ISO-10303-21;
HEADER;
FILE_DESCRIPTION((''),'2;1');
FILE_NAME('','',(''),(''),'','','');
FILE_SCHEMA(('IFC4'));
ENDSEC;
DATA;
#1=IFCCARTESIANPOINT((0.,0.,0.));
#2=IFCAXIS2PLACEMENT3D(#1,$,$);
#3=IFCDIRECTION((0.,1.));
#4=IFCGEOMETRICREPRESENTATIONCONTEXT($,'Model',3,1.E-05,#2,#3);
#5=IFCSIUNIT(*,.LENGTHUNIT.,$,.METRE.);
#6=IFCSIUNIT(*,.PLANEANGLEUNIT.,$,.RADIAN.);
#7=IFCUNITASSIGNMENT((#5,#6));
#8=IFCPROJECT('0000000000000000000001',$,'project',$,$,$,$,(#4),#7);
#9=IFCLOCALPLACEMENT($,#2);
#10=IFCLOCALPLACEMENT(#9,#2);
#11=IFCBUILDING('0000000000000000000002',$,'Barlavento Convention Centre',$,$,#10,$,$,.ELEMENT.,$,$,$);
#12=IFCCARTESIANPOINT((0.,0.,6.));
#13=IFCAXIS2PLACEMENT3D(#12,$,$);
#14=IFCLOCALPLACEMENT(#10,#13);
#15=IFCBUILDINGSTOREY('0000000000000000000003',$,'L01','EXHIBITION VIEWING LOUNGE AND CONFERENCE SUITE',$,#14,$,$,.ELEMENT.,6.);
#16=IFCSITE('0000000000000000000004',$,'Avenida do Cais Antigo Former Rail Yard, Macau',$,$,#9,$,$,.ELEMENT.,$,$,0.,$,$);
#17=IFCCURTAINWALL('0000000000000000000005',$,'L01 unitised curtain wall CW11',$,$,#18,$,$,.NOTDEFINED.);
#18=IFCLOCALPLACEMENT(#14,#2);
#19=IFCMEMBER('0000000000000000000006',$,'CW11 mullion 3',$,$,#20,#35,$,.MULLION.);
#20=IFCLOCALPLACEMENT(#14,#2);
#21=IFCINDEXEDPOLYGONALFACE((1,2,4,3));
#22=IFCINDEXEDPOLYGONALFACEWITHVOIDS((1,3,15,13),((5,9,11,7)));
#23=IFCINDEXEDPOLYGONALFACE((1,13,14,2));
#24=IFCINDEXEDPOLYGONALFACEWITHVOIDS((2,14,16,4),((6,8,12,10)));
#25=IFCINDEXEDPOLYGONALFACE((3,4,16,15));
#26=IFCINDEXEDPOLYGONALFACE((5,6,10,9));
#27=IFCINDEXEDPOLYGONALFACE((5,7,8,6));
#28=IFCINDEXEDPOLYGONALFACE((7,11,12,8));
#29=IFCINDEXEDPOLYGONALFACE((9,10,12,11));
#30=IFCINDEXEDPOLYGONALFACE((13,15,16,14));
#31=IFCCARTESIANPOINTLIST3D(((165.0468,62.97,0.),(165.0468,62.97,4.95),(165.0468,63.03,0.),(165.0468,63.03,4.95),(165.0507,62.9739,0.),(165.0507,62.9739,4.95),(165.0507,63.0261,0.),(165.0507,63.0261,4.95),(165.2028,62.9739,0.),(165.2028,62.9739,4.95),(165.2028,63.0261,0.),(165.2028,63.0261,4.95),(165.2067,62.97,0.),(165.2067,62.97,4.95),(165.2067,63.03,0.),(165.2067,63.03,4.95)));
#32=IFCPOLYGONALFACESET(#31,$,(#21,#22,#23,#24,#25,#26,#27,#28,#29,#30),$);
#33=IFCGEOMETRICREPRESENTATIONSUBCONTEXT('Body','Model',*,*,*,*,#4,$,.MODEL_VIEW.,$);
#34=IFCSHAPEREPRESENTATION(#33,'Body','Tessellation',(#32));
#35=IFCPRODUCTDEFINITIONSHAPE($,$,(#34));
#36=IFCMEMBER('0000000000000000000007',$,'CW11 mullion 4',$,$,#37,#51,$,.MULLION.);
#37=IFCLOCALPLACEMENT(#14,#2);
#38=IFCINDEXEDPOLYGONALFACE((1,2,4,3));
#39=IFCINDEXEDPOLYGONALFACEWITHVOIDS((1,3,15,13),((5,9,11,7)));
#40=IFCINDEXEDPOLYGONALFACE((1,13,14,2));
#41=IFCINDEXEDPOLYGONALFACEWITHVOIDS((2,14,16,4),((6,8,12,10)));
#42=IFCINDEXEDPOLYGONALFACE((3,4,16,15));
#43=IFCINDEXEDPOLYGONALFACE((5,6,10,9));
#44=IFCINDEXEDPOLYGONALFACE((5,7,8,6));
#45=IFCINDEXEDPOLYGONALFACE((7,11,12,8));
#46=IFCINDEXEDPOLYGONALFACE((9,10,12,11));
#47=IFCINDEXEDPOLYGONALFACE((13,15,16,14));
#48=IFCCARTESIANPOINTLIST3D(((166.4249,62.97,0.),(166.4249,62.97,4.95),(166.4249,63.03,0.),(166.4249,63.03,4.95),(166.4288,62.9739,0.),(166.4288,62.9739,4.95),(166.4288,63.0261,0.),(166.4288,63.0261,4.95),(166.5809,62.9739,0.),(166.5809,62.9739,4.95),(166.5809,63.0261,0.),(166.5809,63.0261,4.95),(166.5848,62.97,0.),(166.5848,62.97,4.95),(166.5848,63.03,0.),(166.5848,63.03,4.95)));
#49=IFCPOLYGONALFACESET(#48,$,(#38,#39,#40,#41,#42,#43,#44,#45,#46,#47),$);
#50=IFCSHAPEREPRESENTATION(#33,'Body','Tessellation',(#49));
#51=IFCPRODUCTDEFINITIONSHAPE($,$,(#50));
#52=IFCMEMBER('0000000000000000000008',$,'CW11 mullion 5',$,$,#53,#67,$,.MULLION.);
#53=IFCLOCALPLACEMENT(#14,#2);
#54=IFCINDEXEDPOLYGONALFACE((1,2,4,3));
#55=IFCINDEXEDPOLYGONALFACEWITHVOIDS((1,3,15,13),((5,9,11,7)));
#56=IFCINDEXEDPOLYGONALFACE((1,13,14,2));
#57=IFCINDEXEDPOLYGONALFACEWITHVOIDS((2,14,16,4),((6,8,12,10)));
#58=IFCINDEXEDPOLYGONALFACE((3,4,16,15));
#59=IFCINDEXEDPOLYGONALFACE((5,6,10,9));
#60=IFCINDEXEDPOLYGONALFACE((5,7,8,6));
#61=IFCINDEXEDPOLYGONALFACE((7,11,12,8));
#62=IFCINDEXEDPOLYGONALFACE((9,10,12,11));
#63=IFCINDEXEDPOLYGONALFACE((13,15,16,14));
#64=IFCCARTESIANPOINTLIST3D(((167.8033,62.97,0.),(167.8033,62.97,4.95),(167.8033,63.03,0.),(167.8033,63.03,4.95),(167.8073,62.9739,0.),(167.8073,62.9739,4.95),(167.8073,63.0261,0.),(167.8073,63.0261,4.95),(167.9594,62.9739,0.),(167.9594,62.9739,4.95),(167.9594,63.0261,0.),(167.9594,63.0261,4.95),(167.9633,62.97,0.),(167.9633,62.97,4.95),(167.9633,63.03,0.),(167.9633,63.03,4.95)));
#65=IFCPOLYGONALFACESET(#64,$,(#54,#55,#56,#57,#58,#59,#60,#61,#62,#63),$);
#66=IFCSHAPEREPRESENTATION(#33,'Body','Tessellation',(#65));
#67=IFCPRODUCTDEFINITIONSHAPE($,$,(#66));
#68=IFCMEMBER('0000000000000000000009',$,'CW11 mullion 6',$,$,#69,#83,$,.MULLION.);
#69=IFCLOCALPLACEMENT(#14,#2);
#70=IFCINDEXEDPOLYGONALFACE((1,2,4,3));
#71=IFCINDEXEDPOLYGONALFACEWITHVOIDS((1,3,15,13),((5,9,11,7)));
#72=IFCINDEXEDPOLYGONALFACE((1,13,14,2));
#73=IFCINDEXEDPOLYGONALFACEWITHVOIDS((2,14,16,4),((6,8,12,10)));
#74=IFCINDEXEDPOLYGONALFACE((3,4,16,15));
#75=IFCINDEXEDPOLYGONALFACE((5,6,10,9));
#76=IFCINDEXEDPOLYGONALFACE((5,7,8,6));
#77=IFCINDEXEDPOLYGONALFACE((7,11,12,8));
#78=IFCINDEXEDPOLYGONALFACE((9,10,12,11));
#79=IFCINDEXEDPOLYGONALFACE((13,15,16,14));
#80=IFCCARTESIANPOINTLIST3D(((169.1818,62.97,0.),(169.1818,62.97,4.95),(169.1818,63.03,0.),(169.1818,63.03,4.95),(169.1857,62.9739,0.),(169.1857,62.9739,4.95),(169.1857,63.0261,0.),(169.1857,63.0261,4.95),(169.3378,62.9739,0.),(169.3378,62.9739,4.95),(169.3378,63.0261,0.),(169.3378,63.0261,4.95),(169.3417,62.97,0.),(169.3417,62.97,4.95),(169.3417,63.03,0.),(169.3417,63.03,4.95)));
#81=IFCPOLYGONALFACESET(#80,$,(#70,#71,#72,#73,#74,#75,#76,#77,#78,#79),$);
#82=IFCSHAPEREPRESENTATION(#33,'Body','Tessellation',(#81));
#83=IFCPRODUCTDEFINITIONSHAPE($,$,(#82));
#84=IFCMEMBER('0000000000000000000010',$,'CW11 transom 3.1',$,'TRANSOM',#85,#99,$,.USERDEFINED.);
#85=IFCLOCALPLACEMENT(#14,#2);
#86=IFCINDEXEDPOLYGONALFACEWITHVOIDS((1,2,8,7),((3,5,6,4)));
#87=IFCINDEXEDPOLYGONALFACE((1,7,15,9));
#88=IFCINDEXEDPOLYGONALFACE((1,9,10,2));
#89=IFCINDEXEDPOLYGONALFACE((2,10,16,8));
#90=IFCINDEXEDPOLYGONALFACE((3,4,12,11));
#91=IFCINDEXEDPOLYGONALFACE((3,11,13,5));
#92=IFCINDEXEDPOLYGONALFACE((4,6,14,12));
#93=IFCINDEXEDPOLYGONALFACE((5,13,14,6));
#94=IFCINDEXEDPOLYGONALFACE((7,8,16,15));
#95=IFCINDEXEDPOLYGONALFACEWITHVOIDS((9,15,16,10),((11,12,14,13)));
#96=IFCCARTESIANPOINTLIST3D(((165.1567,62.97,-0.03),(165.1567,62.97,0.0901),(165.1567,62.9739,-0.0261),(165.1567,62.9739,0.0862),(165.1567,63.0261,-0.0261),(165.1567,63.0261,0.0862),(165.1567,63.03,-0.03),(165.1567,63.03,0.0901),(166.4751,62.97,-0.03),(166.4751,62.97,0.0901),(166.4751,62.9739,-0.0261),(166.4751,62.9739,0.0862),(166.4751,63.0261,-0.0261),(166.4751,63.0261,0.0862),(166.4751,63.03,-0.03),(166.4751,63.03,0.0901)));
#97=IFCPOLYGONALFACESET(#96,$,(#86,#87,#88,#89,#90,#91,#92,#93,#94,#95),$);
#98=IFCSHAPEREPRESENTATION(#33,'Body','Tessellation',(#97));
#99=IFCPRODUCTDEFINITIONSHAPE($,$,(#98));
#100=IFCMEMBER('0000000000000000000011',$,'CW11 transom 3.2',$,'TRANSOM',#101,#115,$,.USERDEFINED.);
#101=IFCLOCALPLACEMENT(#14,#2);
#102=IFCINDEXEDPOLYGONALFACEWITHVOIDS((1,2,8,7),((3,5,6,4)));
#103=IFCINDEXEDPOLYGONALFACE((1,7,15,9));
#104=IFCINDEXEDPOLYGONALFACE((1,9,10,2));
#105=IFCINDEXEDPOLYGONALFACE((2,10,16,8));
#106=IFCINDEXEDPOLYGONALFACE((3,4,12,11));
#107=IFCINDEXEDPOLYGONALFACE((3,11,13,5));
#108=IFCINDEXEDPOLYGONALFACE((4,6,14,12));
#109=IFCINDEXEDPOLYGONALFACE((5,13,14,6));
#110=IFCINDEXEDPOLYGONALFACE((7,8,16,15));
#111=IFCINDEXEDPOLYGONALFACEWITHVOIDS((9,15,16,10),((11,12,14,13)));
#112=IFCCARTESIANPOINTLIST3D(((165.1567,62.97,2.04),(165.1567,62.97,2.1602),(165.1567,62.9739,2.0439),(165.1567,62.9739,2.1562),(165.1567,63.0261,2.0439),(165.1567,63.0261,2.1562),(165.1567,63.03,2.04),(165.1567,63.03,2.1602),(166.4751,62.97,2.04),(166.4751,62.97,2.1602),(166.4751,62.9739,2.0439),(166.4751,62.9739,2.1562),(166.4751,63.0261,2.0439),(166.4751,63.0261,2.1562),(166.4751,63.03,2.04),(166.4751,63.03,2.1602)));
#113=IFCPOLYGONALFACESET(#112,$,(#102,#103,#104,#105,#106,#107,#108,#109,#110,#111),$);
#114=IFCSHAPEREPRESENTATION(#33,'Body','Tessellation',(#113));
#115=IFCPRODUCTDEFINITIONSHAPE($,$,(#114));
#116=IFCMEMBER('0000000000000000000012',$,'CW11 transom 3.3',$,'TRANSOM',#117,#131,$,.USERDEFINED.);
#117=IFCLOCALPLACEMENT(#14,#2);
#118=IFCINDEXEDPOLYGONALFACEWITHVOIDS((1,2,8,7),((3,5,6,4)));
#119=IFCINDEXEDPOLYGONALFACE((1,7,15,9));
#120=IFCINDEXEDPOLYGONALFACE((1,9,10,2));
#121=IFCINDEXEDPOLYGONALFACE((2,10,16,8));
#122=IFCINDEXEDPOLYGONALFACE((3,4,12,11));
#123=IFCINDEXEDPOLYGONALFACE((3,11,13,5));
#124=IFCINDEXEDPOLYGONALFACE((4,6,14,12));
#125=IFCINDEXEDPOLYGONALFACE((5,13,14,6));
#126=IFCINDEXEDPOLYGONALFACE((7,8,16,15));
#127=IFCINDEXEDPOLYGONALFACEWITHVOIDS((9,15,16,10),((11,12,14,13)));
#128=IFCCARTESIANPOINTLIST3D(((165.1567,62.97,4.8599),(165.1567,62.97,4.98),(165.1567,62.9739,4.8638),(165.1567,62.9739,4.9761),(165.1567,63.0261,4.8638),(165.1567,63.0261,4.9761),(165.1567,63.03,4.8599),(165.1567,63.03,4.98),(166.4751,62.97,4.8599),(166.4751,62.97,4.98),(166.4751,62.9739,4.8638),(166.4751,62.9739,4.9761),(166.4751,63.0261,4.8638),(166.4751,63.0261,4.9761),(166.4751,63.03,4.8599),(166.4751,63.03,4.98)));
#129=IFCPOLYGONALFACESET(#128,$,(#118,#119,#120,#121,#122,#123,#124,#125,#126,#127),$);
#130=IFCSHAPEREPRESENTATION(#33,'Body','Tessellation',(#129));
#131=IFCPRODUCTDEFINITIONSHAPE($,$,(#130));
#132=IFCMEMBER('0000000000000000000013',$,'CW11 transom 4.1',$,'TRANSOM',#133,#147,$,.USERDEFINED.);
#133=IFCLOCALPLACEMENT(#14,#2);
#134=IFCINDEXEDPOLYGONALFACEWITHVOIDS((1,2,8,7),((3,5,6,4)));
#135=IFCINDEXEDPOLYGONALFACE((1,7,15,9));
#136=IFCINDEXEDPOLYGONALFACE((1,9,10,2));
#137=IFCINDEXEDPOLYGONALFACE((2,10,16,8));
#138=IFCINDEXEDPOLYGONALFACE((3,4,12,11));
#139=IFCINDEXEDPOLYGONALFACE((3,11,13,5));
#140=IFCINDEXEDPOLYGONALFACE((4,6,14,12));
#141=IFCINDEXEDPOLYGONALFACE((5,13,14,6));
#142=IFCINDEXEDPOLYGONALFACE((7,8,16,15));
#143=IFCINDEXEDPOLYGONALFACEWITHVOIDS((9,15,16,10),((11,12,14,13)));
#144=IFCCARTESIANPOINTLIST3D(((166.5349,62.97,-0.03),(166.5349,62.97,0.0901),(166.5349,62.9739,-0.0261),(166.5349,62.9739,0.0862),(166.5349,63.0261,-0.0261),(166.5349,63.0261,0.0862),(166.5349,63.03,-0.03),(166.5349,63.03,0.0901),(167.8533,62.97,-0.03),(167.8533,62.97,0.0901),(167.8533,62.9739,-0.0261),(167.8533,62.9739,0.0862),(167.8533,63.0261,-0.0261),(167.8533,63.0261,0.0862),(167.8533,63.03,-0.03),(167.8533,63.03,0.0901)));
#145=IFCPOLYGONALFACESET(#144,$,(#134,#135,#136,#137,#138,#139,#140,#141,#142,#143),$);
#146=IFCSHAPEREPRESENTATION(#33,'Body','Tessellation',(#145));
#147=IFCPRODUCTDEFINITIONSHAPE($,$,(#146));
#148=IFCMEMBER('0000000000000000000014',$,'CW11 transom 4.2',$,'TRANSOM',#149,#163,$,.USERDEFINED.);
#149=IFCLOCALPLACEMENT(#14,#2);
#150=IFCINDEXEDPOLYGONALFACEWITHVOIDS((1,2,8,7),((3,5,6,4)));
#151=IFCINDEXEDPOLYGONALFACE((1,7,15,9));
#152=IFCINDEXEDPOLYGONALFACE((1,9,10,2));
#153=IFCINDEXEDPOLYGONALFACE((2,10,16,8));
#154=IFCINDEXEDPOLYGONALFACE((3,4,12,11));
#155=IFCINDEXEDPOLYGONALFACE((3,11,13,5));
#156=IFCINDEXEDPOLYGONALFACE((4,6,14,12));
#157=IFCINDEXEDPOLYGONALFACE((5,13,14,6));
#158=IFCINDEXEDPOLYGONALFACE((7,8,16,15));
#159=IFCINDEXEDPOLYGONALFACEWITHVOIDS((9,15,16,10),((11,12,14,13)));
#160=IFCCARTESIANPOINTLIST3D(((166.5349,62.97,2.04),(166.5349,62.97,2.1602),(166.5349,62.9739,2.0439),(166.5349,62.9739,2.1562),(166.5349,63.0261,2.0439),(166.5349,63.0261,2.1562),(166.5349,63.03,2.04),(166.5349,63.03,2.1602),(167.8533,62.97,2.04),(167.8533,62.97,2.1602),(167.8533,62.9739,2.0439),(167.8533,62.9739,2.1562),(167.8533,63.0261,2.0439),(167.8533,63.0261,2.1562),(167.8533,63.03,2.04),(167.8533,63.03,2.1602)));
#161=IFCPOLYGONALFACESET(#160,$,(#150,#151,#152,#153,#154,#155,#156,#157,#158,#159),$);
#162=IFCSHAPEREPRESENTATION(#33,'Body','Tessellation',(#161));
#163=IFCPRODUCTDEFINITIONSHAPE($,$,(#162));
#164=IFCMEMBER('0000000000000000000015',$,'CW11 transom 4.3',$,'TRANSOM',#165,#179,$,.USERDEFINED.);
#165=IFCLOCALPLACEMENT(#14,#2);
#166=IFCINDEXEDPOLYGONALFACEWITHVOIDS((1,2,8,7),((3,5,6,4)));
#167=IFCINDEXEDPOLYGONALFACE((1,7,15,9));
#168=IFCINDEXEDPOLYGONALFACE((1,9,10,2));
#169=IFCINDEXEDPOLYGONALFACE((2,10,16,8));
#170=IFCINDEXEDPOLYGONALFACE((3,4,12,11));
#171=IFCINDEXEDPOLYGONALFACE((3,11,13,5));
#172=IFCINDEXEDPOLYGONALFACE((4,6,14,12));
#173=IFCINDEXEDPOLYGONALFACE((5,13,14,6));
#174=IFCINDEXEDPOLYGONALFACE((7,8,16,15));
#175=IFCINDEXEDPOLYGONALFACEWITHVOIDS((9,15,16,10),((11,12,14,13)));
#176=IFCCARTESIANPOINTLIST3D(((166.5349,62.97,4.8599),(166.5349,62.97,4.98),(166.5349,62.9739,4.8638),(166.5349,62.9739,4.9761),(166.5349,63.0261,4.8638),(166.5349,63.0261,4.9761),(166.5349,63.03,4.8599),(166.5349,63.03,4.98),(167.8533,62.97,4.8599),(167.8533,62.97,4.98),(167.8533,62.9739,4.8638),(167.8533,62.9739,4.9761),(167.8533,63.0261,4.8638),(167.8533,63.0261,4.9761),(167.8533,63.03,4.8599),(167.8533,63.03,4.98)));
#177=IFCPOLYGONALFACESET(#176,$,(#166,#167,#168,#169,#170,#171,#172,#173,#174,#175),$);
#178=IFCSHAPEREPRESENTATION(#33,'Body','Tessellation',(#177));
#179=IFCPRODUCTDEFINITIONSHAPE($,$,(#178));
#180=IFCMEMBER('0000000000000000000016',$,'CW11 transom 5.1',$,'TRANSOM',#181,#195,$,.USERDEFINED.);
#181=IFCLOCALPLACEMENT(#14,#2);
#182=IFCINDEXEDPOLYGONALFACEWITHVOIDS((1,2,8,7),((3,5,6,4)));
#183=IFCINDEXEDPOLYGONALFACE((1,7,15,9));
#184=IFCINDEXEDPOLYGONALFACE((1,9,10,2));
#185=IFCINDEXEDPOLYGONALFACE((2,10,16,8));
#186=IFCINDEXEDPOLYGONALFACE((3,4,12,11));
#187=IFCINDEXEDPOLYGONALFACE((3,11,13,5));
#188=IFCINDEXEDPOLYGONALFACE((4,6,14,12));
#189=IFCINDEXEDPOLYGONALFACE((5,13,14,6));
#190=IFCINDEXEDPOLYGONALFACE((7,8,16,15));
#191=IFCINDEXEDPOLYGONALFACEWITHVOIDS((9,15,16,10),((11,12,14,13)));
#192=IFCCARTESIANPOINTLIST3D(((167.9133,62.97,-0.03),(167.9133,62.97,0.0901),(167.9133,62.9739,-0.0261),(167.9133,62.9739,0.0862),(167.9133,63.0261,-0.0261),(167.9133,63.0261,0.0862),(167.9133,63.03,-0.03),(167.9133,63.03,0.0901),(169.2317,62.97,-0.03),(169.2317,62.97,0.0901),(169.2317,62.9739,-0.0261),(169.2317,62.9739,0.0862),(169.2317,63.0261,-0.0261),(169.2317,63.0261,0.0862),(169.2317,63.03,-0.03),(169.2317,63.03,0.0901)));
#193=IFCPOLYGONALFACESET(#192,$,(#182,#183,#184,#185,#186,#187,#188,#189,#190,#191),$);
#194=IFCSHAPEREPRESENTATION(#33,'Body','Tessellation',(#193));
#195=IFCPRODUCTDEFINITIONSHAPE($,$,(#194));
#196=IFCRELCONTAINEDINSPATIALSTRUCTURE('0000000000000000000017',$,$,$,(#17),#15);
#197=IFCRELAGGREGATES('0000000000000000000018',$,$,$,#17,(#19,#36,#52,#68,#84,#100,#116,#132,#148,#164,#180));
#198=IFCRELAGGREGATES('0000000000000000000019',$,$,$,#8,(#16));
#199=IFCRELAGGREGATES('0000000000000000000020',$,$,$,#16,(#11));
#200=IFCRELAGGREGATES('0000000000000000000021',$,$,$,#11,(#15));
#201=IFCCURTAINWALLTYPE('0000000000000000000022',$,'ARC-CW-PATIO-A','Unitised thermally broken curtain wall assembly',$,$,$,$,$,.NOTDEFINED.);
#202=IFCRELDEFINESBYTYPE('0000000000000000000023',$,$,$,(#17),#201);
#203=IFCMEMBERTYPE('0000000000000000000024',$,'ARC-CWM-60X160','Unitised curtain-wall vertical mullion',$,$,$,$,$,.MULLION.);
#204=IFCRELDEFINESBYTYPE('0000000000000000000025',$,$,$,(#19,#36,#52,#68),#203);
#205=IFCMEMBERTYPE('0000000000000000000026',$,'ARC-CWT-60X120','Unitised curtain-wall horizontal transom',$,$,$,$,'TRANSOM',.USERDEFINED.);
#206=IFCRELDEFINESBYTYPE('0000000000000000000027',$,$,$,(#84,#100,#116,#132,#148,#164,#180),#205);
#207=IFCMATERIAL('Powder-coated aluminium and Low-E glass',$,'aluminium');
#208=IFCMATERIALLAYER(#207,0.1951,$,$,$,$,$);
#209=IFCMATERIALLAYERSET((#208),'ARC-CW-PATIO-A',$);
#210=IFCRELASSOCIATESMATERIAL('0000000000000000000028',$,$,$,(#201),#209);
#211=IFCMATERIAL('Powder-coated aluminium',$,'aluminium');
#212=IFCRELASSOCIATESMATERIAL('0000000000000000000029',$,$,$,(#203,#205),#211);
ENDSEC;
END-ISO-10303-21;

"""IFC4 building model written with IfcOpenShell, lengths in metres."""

from ifc_helpers import new_model, si_unit, direction, frame, origin, origin_2d, place, context, subcontext, project, spatial, hollow_rectangle, extrude, material, layer, layer_set, material_profile, profile_set, type_object, element, aggregate, save


model = new_model("IFC4")

# Units and contexts
model_context = context("Model", 3, precision=1e-05, world=origin(), true_north=direction((0.0, 1.0)))
body_context = subcontext(model_context, "Body", "Model", "MODEL_VIEW")
ifc_project = project(units=[si_unit("LENGTHUNIT", "METRE"), si_unit("PLANEANGLEUNIT", "RADIAN")], contexts=[model_context])

# Site, building, storey
site_placement = place(None, origin())
site = spatial("IfcSite", under=ifc_project, at=site_placement, Name="Avenida do Cais Antigo Former Rail Yard, Macau", CompositionType="ELEMENT", RefElevation=0.0)
building_placement = place(site_placement, origin())
building = spatial("IfcBuilding", under=site, at=building_placement, Name="Barlavento Convention Centre", CompositionType="ELEMENT")
storey_placement = place(building_placement, frame((0.0, 0.0, 6.0)))
storey = spatial("IfcBuildingStorey", under=building, at=storey_placement, Name="L01", Description="EXHIBITION VIEWING LOUNGE AND CONFERENCE SUITE", CompositionType="ELEMENT", Elevation=6.0)

# Curtain wall, members
ifc_material_1 = material(Name="Powder-coated aluminium and Low-E glass", Category="aluminium")
ifc_layer_1 = layer(ifc_material_1, 0.1951)
ifc_layer_set_1 = layer_set([ifc_layer_1], Name="ARC-CW-PATIO-A")
curtain_wall_type = type_object("IfcCurtainWallType", Name="ARC-CW-PATIO-A", Description="Unitised thermally broken curtain wall assembly", PredefinedType="NOTDEFINED", material=ifc_layer_set_1)
curtain_wall_placement = place(storey_placement, origin())
curtain_wall = element("IfcCurtainWall", 1, at=curtain_wall_placement, inside=storey, type_object=curtain_wall_type, Name="L01 unitised curtain wall CW11", PredefinedType="NOTDEFINED")
ifc_material_2 = material(Name="Powder-coated aluminium", Category="aluminium")
ifc_material_profile_1 = material_profile(ifc_material_2, hollow_rectangle(XDim=0.0601, YDim=0.1599, WallThickness=0.0039, at=origin_2d()), Name="AL-MULL 60x160x4")
ifc_profile_set_1 = profile_set([ifc_material_profile_1], Name="Powder-coated aluminium")
member_type_1 = type_object("IfcMemberType", Name="ARC-CWM-60X160", Description="Unitised curtain-wall vertical mullion", PredefinedType="MULLION", material=ifc_profile_set_1)
member_1_placement = place(storey_placement, frame((165.1267, 63.0, 0.0), z_axis=(0.0, 0.0, 1.0), x_axis=(0.0, 1.0, 0.0)))
member_1 = element("IfcMember", 2, at=member_1_placement, type_object=member_type_1, Name="CW11 mullion 3", PredefinedType="MULLION", context=body_context, shape_type="SweptSolid", body=[
    extrude(hollow_rectangle(XDim=0.0601, YDim=0.1599, WallThickness=0.0039, at=origin_2d()), origin(), (0.0, 0.0, 1.0), 4.95),
])
member_2_placement = place(storey_placement, frame((166.5049, 63.0, 0.0), z_axis=(0.0, 0.0, 1.0), x_axis=(0.0, 1.0, 0.0)))
member_2 = element("IfcMember", 3, at=member_2_placement, type_object=member_type_1, Name="CW11 mullion 4", PredefinedType="MULLION", context=body_context, shape_type="SweptSolid", body=[
    extrude(hollow_rectangle(XDim=0.0601, YDim=0.1599, WallThickness=0.0039, at=origin_2d()), origin(), (0.0, 0.0, 1.0), 4.95),
])
member_3_placement = place(storey_placement, frame((167.8833, 63.0, 0.0), z_axis=(0.0, 0.0, 1.0), x_axis=(0.0, 1.0, 0.0)))
member_3 = element("IfcMember", 4, at=member_3_placement, type_object=member_type_1, Name="CW11 mullion 5", PredefinedType="MULLION", context=body_context, shape_type="SweptSolid", body=[
    extrude(hollow_rectangle(XDim=0.0601, YDim=0.1599, WallThickness=0.0039, at=origin_2d()), origin(), (0.0, 0.0, 1.0), 4.95),
])
member_4_placement = place(storey_placement, frame((169.2617, 63.0, 0.0), z_axis=(0.0, 0.0, 1.0), x_axis=(0.0, 1.0, 0.0)))
member_4 = element("IfcMember", 5, at=member_4_placement, type_object=member_type_1, Name="CW11 mullion 6", PredefinedType="MULLION", context=body_context, shape_type="SweptSolid", body=[
    extrude(hollow_rectangle(XDim=0.0601, YDim=0.1599, WallThickness=0.0039, at=origin_2d()), origin(), (0.0, 0.0, 1.0), 4.95),
])
ifc_material_profile_2 = material_profile(ifc_material_2, hollow_rectangle(XDim=0.0601, YDim=0.1201, WallThickness=0.0039, at=origin_2d()), Name="AL-TRAN 60x120x4")
ifc_profile_set_2 = profile_set([ifc_material_profile_2], Name="Powder-coated aluminium")
member_type_2 = type_object("IfcMemberType", Name="ARC-CWT-60X120", Description="Unitised curtain-wall horizontal transom", ElementType="TRANSOM", PredefinedType="USERDEFINED", material=ifc_profile_set_2)
member_5_placement = place(storey_placement, frame((165.1567, 63.0, 0.03), z_axis=(1.0, 0.0, 0.0), x_axis=(0.0, 1.0, 0.0)))
member_5 = element("IfcMember", 6, at=member_5_placement, type_object=member_type_2, Name="CW11 transom 3.1", ObjectType="TRANSOM", PredefinedType="USERDEFINED", context=body_context, shape_type="SweptSolid", body=[
    extrude(hollow_rectangle(XDim=0.0601, YDim=0.1201, WallThickness=0.0039, at=origin_2d()), origin(), (0.0, 0.0, 1.0), 1.3184),
])
member_6_placement = place(storey_placement, frame((165.1567, 63.0, 2.1001), z_axis=(1.0, 0.0, 0.0), x_axis=(0.0, 1.0, 0.0)))
member_6 = element("IfcMember", 7, at=member_6_placement, type_object=member_type_2, Name="CW11 transom 3.2", ObjectType="TRANSOM", PredefinedType="USERDEFINED", context=body_context, shape_type="SweptSolid", body=[
    extrude(hollow_rectangle(XDim=0.0601, YDim=0.1201, WallThickness=0.0039, at=origin_2d()), origin(), (0.0, 0.0, 1.0), 1.3184),
])
member_7_placement = place(storey_placement, frame((165.1567, 63.0, 4.9199), z_axis=(1.0, 0.0, 0.0), x_axis=(0.0, 1.0, 0.0)))
member_7 = element("IfcMember", 8, at=member_7_placement, type_object=member_type_2, Name="CW11 transom 3.3", ObjectType="TRANSOM", PredefinedType="USERDEFINED", context=body_context, shape_type="SweptSolid", body=[
    extrude(hollow_rectangle(XDim=0.0601, YDim=0.1201, WallThickness=0.0039, at=origin_2d()), origin(), (0.0, 0.0, 1.0), 1.3184),
])
member_8_placement = place(storey_placement, frame((166.5349, 63.0, 0.03), z_axis=(1.0, 0.0, 0.0), x_axis=(0.0, 1.0, 0.0)))
member_8 = element("IfcMember", 9, at=member_8_placement, type_object=member_type_2, Name="CW11 transom 4.1", ObjectType="TRANSOM", PredefinedType="USERDEFINED", context=body_context, shape_type="SweptSolid", body=[
    extrude(hollow_rectangle(XDim=0.0601, YDim=0.1201, WallThickness=0.0039, at=origin_2d()), origin(), (0.0, 0.0, 1.0), 1.3184),
])
member_9_placement = place(storey_placement, frame((166.5349, 63.0, 2.1001), z_axis=(1.0, 0.0, 0.0), x_axis=(0.0, 1.0, 0.0)))
member_9 = element("IfcMember", 10, at=member_9_placement, type_object=member_type_2, Name="CW11 transom 4.2", ObjectType="TRANSOM", PredefinedType="USERDEFINED", context=body_context, shape_type="SweptSolid", body=[
    extrude(hollow_rectangle(XDim=0.0601, YDim=0.1201, WallThickness=0.0039, at=origin_2d()), origin(), (0.0, 0.0, 1.0), 1.3184),
])
member_10_placement = place(storey_placement, frame((166.5349, 63.0, 4.9199), z_axis=(1.0, 0.0, 0.0), x_axis=(0.0, 1.0, 0.0)))
member_10 = element("IfcMember", 11, at=member_10_placement, type_object=member_type_2, Name="CW11 transom 4.3", ObjectType="TRANSOM", PredefinedType="USERDEFINED", context=body_context, shape_type="SweptSolid", body=[
    extrude(hollow_rectangle(XDim=0.0601, YDim=0.1201, WallThickness=0.0039, at=origin_2d()), origin(), (0.0, 0.0, 1.0), 1.3184),
])
member_11_placement = place(storey_placement, frame((167.9133, 63.0, 0.03), z_axis=(1.0, 0.0, 0.0), x_axis=(0.0, 1.0, 0.0)))
member_11 = element("IfcMember", 12, at=member_11_placement, type_object=member_type_2, Name="CW11 transom 5.1", ObjectType="TRANSOM", PredefinedType="USERDEFINED", context=body_context, shape_type="SweptSolid", body=[
    extrude(hollow_rectangle(XDim=0.0601, YDim=0.1201, WallThickness=0.0039, at=origin_2d()), origin(), (0.0, 0.0, 1.0), 1.3184),
])
aggregate(curtain_wall, [member_1, member_2, member_3, member_4, member_5, member_6, member_7, member_8, member_9, member_10, member_11])

save(model, "model.ifc")
